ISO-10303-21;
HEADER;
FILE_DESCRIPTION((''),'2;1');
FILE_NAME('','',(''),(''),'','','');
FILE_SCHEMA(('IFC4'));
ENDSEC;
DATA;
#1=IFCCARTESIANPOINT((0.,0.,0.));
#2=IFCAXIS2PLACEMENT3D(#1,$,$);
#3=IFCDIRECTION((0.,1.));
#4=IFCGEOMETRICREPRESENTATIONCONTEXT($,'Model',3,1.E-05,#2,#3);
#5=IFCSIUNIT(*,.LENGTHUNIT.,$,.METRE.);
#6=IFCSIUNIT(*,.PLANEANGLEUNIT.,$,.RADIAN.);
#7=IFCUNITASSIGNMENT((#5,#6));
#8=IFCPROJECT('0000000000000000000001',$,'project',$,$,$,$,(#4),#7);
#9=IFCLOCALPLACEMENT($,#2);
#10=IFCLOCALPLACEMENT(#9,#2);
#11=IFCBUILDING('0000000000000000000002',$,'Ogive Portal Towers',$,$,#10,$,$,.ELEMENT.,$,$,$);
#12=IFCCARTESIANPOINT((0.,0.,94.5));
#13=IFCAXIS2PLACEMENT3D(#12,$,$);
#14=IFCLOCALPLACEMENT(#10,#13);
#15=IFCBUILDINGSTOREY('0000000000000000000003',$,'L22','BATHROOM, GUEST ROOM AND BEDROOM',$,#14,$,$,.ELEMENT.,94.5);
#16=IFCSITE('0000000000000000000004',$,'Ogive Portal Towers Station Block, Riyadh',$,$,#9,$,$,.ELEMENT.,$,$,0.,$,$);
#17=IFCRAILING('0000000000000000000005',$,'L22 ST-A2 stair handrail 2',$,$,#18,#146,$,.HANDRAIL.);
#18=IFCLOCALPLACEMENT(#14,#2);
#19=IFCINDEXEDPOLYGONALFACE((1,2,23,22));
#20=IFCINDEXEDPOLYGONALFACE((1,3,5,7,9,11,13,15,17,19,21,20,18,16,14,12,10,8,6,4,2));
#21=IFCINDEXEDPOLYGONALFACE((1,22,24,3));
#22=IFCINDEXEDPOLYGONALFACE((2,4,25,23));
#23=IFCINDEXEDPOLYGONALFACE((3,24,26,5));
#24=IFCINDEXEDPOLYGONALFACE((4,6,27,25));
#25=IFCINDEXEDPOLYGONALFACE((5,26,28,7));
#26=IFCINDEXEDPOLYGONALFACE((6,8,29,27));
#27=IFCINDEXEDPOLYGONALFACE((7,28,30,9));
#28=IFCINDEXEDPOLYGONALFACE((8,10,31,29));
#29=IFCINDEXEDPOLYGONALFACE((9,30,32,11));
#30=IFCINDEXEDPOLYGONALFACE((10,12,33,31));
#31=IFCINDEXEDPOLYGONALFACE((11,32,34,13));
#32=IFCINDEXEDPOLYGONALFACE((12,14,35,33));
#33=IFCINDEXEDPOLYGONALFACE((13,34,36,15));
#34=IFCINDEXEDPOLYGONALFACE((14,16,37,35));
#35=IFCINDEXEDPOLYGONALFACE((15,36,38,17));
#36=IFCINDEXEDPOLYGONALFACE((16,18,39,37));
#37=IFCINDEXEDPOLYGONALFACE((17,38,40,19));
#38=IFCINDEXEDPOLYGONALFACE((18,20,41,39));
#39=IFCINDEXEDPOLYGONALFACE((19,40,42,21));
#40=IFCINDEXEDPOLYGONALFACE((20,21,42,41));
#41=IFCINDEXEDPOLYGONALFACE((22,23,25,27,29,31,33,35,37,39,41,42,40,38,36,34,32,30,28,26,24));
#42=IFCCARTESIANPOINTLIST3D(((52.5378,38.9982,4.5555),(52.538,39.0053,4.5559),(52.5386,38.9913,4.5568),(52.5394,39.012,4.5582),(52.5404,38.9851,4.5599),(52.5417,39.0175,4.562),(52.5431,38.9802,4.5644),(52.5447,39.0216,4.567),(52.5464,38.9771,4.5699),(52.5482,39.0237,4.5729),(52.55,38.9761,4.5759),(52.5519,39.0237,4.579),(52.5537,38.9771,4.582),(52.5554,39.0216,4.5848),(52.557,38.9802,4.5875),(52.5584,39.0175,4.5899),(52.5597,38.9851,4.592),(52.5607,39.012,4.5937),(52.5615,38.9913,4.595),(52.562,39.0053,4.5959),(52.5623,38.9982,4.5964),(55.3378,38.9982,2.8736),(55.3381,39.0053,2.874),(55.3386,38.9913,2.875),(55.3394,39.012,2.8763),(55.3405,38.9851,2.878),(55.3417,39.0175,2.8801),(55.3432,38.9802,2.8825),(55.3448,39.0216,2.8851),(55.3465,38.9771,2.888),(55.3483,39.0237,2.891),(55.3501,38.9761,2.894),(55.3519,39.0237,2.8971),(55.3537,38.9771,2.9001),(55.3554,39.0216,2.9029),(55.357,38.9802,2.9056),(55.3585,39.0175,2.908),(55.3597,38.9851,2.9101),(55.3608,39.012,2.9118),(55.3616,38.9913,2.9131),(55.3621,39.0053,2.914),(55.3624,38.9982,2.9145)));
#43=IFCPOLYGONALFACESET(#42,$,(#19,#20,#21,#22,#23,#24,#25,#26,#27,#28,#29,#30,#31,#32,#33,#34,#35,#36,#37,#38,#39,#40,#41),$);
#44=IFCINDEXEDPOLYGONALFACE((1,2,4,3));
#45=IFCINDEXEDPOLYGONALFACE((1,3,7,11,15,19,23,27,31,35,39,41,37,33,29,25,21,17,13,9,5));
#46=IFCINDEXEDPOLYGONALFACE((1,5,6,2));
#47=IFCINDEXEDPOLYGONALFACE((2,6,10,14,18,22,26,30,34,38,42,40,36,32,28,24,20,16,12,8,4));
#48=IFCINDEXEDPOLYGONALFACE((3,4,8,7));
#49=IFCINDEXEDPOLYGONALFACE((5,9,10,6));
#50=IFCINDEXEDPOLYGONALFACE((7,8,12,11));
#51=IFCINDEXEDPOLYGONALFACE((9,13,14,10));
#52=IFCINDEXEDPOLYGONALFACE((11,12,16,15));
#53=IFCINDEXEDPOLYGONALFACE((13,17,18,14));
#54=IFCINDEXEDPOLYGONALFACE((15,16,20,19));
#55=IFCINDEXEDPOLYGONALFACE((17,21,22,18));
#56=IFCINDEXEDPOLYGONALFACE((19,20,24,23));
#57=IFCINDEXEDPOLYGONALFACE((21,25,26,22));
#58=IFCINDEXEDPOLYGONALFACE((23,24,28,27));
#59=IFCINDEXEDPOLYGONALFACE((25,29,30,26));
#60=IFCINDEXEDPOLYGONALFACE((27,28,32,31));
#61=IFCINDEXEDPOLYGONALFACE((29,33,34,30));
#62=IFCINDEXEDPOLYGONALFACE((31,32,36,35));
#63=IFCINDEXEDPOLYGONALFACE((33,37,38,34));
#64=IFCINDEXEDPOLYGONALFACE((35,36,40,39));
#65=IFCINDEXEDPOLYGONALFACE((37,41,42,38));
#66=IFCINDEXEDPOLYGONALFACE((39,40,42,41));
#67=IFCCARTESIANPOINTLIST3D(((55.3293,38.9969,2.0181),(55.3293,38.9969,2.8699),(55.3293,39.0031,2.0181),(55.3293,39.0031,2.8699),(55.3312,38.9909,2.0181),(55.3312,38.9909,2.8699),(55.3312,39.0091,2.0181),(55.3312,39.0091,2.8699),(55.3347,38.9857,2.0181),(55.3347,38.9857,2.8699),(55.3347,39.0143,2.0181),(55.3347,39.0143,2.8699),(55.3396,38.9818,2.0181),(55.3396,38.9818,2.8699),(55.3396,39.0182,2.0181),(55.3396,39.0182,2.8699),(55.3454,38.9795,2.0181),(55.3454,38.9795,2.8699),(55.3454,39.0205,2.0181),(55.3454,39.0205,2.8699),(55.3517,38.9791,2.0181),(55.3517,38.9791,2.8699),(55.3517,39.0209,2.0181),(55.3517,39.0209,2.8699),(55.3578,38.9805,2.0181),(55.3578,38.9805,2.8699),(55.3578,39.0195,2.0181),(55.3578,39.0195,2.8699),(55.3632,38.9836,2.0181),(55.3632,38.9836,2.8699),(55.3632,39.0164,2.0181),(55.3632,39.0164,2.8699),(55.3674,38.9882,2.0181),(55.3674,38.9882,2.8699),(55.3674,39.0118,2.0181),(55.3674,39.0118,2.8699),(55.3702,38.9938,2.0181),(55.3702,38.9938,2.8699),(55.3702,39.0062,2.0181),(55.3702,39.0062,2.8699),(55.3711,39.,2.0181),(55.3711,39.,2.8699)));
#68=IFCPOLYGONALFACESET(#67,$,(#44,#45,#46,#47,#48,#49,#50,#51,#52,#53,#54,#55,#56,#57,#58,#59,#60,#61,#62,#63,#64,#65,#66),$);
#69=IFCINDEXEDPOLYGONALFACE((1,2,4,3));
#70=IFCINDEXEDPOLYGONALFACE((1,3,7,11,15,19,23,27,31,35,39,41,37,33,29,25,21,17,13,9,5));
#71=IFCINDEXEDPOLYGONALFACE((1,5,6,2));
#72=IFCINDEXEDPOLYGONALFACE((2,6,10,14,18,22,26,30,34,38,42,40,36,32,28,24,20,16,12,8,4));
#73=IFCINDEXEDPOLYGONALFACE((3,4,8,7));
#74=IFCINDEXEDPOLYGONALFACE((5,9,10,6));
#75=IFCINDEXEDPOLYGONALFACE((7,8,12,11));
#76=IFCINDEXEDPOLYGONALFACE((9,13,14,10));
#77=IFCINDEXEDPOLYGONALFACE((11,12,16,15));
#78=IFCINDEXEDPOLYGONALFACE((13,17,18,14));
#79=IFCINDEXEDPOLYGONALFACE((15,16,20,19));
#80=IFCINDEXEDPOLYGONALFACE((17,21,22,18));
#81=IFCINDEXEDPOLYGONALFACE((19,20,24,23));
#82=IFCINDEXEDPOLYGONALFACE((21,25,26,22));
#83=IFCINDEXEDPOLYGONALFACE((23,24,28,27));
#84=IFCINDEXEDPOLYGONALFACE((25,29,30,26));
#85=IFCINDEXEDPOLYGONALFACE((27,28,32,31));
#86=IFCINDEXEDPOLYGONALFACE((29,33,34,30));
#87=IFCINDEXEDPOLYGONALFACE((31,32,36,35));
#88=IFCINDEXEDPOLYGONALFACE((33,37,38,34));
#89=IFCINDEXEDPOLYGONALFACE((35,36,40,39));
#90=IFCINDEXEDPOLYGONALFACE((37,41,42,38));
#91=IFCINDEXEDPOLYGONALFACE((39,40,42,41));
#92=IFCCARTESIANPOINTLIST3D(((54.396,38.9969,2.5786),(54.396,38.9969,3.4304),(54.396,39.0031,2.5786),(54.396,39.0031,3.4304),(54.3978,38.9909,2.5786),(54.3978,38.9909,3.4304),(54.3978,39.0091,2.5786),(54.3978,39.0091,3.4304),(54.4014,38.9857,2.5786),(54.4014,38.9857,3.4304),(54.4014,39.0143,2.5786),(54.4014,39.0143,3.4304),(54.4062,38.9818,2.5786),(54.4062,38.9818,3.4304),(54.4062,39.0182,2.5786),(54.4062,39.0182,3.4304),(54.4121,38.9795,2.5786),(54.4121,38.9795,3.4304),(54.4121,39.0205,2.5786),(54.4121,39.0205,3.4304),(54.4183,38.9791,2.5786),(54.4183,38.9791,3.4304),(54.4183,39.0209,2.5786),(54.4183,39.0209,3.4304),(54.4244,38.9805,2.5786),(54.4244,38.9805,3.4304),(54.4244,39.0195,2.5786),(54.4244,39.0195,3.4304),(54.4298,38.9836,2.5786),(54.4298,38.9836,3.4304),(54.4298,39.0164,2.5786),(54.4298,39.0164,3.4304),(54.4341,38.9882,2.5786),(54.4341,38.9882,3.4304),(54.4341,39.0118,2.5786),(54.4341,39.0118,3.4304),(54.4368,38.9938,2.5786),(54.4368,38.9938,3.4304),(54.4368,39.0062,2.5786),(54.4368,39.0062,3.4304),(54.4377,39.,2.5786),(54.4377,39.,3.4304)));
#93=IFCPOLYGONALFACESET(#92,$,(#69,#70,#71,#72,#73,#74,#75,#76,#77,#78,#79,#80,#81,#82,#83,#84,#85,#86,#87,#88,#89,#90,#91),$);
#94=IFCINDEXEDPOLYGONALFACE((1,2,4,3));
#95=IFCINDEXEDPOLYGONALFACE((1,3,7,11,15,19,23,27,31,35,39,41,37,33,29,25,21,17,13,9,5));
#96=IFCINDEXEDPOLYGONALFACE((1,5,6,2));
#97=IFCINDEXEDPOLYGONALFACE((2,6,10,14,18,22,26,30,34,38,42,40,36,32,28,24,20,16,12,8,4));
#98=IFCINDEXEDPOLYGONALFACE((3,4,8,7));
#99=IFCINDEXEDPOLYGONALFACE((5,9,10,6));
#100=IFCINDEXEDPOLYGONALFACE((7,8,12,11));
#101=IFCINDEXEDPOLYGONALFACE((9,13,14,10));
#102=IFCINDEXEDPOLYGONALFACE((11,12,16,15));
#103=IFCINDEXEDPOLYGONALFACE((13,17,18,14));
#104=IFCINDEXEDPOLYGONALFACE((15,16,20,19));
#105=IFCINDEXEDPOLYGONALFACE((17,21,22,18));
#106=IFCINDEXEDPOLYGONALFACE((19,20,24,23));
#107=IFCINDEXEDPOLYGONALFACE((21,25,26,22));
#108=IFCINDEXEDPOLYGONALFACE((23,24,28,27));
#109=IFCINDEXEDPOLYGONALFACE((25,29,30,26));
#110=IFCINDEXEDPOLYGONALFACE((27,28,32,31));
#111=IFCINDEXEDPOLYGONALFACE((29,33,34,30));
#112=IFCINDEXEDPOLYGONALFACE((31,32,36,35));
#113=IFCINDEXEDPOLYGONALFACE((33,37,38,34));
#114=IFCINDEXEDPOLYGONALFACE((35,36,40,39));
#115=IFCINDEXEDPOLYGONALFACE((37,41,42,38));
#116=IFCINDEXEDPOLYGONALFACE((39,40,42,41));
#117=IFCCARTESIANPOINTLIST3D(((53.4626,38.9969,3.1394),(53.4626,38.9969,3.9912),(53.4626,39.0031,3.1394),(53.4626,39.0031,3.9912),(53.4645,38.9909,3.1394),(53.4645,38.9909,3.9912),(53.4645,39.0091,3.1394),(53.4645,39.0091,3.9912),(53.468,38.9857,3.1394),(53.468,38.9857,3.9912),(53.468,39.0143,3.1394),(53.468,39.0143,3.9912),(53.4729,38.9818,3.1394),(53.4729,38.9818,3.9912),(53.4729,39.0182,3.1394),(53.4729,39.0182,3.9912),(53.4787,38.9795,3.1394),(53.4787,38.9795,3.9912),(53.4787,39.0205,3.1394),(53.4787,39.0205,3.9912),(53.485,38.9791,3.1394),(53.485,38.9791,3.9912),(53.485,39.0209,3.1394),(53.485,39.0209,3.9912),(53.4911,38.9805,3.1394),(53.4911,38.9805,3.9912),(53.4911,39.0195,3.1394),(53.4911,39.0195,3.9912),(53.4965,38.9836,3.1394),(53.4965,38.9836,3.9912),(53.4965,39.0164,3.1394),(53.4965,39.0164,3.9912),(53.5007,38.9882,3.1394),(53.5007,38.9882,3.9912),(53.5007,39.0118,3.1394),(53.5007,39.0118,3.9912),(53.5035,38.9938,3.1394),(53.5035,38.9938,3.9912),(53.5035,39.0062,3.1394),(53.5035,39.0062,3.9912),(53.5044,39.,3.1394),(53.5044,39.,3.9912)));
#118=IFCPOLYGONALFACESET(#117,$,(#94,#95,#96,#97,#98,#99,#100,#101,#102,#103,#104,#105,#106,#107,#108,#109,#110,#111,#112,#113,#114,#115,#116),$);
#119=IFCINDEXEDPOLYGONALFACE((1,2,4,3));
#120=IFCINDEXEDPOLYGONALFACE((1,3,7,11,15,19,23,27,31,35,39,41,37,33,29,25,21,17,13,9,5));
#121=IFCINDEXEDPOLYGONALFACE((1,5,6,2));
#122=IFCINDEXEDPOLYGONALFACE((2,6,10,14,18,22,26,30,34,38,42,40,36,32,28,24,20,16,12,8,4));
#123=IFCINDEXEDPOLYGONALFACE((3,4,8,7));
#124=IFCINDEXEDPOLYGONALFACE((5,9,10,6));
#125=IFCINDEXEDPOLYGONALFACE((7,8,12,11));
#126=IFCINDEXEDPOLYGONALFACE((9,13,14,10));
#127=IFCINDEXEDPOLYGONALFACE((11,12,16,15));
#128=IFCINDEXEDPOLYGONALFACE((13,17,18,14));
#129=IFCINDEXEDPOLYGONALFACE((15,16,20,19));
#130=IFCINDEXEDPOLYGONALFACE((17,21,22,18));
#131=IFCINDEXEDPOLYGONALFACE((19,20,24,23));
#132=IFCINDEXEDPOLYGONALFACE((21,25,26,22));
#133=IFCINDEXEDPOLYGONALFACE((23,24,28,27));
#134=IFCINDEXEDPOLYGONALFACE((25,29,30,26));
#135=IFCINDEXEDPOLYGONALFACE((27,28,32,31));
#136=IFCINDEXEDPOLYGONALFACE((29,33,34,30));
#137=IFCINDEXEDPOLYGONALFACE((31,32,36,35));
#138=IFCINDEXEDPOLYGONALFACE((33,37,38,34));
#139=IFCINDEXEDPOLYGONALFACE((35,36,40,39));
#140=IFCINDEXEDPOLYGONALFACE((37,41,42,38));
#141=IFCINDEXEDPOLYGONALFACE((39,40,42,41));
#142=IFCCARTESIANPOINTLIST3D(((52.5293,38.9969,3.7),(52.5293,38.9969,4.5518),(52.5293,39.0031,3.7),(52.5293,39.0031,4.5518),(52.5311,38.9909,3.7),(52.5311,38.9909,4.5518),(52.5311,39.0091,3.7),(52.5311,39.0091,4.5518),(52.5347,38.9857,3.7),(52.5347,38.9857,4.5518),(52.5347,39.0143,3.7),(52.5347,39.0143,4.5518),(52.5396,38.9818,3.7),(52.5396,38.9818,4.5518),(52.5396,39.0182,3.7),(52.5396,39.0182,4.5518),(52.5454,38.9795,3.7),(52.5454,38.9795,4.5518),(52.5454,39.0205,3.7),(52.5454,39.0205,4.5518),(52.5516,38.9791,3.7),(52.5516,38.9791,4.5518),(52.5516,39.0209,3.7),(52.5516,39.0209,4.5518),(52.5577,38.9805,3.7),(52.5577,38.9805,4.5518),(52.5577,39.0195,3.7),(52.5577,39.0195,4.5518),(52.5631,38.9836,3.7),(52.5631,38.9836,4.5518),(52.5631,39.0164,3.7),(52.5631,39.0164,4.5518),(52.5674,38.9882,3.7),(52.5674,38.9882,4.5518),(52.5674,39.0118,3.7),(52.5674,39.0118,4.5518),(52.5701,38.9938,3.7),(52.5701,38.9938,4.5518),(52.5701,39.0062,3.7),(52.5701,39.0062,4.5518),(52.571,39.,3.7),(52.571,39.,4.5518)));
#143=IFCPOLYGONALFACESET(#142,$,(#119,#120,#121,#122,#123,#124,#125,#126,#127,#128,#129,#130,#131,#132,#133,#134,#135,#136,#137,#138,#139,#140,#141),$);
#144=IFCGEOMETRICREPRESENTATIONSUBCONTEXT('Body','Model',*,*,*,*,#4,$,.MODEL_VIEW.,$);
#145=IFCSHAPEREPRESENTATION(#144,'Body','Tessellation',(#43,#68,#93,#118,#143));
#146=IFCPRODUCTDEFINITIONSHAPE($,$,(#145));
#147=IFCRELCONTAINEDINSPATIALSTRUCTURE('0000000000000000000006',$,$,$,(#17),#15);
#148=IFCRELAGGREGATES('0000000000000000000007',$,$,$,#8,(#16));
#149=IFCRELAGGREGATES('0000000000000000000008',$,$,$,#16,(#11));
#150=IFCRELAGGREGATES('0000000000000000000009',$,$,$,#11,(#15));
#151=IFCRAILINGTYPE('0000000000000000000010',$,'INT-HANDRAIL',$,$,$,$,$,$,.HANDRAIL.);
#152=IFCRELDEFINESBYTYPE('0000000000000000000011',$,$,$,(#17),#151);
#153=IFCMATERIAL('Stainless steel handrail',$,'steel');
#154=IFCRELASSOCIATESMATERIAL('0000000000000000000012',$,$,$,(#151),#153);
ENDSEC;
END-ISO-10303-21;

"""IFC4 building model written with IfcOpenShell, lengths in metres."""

from ifc_helpers import new_model, si_unit, direction, frame, origin, origin_2d, place, context, subcontext, project, spatial, circle, extrude, material, type_object, element, save


model = new_model("IFC4")

# Units and contexts
model_context = context("Model", 3, precision=1e-05, world=origin(), true_north=direction((0.0, 1.0)))
body_context = subcontext(model_context, "Body", "Model", "MODEL_VIEW")
ifc_project = project(units=[si_unit("LENGTHUNIT", "METRE"), si_unit("PLANEANGLEUNIT", "RADIAN")], contexts=[model_context])

# Site, building, storey
site_placement = place(None, origin())
site = spatial("IfcSite", under=ifc_project, at=site_placement, Name="Ogive Portal Towers Station Block, Riyadh", CompositionType="ELEMENT", RefElevation=0.0)
building_placement = place(site_placement, origin())
building = spatial("IfcBuilding", under=site, at=building_placement, Name="Ogive Portal Towers", CompositionType="ELEMENT")
storey_placement = place(building_placement, frame((0.0, 0.0, 94.5)))
storey = spatial("IfcBuildingStorey", under=building, at=storey_placement, Name="L22", Description="BATHROOM, GUEST ROOM AND BEDROOM", CompositionType="ELEMENT", Elevation=94.5)

# Railing
ifc_material_1 = material(Name="Stainless steel handrail", Category="steel")
railing_type_1 = type_object("IfcRailingType", Name="INT-HANDRAIL", PredefinedType="HANDRAIL", material=ifc_material_1)
railing_1_placement = place(storey_placement, frame((55.3501, 39.0, 2.0181)))
element("IfcRailing", 1, at=railing_1_placement, inside=storey, type_object=railing_type_1, Name="L22 ST-A2 stair handrail 2", PredefinedType="HANDRAIL", context=body_context, shape_type="SweptSolid", body=[
    extrude(circle(Radius=0.0239, at=origin_2d()), frame((0.0, 0.0, 0.876), z_axis=(-0.857242, 0.0, 0.514913), x_axis=(0.0, -1.0, 0.0)), (0.0, 0.0, 1.0), 3.2664),
    extrude(circle(Radius=0.021, at=origin_2d()), origin(), (0.0, 0.0, 1.0), 0.8518),
    extrude(circle(Radius=0.021, at=origin_2d()), frame((-0.9333, 0.0, 0.5605)), (0.0, 0.0, 1.0), 0.8518),
    extrude(circle(Radius=0.021, at=origin_2d()), frame((-1.8667, 0.0, 1.1213)), (0.0, 0.0, 1.0), 0.8518),
    extrude(circle(Radius=0.021, at=origin_2d()), frame((-2.8, 0.0, 1.6819)), (0.0, 0.0, 1.0), 0.8518),
])

save(model, "model.ifc")
